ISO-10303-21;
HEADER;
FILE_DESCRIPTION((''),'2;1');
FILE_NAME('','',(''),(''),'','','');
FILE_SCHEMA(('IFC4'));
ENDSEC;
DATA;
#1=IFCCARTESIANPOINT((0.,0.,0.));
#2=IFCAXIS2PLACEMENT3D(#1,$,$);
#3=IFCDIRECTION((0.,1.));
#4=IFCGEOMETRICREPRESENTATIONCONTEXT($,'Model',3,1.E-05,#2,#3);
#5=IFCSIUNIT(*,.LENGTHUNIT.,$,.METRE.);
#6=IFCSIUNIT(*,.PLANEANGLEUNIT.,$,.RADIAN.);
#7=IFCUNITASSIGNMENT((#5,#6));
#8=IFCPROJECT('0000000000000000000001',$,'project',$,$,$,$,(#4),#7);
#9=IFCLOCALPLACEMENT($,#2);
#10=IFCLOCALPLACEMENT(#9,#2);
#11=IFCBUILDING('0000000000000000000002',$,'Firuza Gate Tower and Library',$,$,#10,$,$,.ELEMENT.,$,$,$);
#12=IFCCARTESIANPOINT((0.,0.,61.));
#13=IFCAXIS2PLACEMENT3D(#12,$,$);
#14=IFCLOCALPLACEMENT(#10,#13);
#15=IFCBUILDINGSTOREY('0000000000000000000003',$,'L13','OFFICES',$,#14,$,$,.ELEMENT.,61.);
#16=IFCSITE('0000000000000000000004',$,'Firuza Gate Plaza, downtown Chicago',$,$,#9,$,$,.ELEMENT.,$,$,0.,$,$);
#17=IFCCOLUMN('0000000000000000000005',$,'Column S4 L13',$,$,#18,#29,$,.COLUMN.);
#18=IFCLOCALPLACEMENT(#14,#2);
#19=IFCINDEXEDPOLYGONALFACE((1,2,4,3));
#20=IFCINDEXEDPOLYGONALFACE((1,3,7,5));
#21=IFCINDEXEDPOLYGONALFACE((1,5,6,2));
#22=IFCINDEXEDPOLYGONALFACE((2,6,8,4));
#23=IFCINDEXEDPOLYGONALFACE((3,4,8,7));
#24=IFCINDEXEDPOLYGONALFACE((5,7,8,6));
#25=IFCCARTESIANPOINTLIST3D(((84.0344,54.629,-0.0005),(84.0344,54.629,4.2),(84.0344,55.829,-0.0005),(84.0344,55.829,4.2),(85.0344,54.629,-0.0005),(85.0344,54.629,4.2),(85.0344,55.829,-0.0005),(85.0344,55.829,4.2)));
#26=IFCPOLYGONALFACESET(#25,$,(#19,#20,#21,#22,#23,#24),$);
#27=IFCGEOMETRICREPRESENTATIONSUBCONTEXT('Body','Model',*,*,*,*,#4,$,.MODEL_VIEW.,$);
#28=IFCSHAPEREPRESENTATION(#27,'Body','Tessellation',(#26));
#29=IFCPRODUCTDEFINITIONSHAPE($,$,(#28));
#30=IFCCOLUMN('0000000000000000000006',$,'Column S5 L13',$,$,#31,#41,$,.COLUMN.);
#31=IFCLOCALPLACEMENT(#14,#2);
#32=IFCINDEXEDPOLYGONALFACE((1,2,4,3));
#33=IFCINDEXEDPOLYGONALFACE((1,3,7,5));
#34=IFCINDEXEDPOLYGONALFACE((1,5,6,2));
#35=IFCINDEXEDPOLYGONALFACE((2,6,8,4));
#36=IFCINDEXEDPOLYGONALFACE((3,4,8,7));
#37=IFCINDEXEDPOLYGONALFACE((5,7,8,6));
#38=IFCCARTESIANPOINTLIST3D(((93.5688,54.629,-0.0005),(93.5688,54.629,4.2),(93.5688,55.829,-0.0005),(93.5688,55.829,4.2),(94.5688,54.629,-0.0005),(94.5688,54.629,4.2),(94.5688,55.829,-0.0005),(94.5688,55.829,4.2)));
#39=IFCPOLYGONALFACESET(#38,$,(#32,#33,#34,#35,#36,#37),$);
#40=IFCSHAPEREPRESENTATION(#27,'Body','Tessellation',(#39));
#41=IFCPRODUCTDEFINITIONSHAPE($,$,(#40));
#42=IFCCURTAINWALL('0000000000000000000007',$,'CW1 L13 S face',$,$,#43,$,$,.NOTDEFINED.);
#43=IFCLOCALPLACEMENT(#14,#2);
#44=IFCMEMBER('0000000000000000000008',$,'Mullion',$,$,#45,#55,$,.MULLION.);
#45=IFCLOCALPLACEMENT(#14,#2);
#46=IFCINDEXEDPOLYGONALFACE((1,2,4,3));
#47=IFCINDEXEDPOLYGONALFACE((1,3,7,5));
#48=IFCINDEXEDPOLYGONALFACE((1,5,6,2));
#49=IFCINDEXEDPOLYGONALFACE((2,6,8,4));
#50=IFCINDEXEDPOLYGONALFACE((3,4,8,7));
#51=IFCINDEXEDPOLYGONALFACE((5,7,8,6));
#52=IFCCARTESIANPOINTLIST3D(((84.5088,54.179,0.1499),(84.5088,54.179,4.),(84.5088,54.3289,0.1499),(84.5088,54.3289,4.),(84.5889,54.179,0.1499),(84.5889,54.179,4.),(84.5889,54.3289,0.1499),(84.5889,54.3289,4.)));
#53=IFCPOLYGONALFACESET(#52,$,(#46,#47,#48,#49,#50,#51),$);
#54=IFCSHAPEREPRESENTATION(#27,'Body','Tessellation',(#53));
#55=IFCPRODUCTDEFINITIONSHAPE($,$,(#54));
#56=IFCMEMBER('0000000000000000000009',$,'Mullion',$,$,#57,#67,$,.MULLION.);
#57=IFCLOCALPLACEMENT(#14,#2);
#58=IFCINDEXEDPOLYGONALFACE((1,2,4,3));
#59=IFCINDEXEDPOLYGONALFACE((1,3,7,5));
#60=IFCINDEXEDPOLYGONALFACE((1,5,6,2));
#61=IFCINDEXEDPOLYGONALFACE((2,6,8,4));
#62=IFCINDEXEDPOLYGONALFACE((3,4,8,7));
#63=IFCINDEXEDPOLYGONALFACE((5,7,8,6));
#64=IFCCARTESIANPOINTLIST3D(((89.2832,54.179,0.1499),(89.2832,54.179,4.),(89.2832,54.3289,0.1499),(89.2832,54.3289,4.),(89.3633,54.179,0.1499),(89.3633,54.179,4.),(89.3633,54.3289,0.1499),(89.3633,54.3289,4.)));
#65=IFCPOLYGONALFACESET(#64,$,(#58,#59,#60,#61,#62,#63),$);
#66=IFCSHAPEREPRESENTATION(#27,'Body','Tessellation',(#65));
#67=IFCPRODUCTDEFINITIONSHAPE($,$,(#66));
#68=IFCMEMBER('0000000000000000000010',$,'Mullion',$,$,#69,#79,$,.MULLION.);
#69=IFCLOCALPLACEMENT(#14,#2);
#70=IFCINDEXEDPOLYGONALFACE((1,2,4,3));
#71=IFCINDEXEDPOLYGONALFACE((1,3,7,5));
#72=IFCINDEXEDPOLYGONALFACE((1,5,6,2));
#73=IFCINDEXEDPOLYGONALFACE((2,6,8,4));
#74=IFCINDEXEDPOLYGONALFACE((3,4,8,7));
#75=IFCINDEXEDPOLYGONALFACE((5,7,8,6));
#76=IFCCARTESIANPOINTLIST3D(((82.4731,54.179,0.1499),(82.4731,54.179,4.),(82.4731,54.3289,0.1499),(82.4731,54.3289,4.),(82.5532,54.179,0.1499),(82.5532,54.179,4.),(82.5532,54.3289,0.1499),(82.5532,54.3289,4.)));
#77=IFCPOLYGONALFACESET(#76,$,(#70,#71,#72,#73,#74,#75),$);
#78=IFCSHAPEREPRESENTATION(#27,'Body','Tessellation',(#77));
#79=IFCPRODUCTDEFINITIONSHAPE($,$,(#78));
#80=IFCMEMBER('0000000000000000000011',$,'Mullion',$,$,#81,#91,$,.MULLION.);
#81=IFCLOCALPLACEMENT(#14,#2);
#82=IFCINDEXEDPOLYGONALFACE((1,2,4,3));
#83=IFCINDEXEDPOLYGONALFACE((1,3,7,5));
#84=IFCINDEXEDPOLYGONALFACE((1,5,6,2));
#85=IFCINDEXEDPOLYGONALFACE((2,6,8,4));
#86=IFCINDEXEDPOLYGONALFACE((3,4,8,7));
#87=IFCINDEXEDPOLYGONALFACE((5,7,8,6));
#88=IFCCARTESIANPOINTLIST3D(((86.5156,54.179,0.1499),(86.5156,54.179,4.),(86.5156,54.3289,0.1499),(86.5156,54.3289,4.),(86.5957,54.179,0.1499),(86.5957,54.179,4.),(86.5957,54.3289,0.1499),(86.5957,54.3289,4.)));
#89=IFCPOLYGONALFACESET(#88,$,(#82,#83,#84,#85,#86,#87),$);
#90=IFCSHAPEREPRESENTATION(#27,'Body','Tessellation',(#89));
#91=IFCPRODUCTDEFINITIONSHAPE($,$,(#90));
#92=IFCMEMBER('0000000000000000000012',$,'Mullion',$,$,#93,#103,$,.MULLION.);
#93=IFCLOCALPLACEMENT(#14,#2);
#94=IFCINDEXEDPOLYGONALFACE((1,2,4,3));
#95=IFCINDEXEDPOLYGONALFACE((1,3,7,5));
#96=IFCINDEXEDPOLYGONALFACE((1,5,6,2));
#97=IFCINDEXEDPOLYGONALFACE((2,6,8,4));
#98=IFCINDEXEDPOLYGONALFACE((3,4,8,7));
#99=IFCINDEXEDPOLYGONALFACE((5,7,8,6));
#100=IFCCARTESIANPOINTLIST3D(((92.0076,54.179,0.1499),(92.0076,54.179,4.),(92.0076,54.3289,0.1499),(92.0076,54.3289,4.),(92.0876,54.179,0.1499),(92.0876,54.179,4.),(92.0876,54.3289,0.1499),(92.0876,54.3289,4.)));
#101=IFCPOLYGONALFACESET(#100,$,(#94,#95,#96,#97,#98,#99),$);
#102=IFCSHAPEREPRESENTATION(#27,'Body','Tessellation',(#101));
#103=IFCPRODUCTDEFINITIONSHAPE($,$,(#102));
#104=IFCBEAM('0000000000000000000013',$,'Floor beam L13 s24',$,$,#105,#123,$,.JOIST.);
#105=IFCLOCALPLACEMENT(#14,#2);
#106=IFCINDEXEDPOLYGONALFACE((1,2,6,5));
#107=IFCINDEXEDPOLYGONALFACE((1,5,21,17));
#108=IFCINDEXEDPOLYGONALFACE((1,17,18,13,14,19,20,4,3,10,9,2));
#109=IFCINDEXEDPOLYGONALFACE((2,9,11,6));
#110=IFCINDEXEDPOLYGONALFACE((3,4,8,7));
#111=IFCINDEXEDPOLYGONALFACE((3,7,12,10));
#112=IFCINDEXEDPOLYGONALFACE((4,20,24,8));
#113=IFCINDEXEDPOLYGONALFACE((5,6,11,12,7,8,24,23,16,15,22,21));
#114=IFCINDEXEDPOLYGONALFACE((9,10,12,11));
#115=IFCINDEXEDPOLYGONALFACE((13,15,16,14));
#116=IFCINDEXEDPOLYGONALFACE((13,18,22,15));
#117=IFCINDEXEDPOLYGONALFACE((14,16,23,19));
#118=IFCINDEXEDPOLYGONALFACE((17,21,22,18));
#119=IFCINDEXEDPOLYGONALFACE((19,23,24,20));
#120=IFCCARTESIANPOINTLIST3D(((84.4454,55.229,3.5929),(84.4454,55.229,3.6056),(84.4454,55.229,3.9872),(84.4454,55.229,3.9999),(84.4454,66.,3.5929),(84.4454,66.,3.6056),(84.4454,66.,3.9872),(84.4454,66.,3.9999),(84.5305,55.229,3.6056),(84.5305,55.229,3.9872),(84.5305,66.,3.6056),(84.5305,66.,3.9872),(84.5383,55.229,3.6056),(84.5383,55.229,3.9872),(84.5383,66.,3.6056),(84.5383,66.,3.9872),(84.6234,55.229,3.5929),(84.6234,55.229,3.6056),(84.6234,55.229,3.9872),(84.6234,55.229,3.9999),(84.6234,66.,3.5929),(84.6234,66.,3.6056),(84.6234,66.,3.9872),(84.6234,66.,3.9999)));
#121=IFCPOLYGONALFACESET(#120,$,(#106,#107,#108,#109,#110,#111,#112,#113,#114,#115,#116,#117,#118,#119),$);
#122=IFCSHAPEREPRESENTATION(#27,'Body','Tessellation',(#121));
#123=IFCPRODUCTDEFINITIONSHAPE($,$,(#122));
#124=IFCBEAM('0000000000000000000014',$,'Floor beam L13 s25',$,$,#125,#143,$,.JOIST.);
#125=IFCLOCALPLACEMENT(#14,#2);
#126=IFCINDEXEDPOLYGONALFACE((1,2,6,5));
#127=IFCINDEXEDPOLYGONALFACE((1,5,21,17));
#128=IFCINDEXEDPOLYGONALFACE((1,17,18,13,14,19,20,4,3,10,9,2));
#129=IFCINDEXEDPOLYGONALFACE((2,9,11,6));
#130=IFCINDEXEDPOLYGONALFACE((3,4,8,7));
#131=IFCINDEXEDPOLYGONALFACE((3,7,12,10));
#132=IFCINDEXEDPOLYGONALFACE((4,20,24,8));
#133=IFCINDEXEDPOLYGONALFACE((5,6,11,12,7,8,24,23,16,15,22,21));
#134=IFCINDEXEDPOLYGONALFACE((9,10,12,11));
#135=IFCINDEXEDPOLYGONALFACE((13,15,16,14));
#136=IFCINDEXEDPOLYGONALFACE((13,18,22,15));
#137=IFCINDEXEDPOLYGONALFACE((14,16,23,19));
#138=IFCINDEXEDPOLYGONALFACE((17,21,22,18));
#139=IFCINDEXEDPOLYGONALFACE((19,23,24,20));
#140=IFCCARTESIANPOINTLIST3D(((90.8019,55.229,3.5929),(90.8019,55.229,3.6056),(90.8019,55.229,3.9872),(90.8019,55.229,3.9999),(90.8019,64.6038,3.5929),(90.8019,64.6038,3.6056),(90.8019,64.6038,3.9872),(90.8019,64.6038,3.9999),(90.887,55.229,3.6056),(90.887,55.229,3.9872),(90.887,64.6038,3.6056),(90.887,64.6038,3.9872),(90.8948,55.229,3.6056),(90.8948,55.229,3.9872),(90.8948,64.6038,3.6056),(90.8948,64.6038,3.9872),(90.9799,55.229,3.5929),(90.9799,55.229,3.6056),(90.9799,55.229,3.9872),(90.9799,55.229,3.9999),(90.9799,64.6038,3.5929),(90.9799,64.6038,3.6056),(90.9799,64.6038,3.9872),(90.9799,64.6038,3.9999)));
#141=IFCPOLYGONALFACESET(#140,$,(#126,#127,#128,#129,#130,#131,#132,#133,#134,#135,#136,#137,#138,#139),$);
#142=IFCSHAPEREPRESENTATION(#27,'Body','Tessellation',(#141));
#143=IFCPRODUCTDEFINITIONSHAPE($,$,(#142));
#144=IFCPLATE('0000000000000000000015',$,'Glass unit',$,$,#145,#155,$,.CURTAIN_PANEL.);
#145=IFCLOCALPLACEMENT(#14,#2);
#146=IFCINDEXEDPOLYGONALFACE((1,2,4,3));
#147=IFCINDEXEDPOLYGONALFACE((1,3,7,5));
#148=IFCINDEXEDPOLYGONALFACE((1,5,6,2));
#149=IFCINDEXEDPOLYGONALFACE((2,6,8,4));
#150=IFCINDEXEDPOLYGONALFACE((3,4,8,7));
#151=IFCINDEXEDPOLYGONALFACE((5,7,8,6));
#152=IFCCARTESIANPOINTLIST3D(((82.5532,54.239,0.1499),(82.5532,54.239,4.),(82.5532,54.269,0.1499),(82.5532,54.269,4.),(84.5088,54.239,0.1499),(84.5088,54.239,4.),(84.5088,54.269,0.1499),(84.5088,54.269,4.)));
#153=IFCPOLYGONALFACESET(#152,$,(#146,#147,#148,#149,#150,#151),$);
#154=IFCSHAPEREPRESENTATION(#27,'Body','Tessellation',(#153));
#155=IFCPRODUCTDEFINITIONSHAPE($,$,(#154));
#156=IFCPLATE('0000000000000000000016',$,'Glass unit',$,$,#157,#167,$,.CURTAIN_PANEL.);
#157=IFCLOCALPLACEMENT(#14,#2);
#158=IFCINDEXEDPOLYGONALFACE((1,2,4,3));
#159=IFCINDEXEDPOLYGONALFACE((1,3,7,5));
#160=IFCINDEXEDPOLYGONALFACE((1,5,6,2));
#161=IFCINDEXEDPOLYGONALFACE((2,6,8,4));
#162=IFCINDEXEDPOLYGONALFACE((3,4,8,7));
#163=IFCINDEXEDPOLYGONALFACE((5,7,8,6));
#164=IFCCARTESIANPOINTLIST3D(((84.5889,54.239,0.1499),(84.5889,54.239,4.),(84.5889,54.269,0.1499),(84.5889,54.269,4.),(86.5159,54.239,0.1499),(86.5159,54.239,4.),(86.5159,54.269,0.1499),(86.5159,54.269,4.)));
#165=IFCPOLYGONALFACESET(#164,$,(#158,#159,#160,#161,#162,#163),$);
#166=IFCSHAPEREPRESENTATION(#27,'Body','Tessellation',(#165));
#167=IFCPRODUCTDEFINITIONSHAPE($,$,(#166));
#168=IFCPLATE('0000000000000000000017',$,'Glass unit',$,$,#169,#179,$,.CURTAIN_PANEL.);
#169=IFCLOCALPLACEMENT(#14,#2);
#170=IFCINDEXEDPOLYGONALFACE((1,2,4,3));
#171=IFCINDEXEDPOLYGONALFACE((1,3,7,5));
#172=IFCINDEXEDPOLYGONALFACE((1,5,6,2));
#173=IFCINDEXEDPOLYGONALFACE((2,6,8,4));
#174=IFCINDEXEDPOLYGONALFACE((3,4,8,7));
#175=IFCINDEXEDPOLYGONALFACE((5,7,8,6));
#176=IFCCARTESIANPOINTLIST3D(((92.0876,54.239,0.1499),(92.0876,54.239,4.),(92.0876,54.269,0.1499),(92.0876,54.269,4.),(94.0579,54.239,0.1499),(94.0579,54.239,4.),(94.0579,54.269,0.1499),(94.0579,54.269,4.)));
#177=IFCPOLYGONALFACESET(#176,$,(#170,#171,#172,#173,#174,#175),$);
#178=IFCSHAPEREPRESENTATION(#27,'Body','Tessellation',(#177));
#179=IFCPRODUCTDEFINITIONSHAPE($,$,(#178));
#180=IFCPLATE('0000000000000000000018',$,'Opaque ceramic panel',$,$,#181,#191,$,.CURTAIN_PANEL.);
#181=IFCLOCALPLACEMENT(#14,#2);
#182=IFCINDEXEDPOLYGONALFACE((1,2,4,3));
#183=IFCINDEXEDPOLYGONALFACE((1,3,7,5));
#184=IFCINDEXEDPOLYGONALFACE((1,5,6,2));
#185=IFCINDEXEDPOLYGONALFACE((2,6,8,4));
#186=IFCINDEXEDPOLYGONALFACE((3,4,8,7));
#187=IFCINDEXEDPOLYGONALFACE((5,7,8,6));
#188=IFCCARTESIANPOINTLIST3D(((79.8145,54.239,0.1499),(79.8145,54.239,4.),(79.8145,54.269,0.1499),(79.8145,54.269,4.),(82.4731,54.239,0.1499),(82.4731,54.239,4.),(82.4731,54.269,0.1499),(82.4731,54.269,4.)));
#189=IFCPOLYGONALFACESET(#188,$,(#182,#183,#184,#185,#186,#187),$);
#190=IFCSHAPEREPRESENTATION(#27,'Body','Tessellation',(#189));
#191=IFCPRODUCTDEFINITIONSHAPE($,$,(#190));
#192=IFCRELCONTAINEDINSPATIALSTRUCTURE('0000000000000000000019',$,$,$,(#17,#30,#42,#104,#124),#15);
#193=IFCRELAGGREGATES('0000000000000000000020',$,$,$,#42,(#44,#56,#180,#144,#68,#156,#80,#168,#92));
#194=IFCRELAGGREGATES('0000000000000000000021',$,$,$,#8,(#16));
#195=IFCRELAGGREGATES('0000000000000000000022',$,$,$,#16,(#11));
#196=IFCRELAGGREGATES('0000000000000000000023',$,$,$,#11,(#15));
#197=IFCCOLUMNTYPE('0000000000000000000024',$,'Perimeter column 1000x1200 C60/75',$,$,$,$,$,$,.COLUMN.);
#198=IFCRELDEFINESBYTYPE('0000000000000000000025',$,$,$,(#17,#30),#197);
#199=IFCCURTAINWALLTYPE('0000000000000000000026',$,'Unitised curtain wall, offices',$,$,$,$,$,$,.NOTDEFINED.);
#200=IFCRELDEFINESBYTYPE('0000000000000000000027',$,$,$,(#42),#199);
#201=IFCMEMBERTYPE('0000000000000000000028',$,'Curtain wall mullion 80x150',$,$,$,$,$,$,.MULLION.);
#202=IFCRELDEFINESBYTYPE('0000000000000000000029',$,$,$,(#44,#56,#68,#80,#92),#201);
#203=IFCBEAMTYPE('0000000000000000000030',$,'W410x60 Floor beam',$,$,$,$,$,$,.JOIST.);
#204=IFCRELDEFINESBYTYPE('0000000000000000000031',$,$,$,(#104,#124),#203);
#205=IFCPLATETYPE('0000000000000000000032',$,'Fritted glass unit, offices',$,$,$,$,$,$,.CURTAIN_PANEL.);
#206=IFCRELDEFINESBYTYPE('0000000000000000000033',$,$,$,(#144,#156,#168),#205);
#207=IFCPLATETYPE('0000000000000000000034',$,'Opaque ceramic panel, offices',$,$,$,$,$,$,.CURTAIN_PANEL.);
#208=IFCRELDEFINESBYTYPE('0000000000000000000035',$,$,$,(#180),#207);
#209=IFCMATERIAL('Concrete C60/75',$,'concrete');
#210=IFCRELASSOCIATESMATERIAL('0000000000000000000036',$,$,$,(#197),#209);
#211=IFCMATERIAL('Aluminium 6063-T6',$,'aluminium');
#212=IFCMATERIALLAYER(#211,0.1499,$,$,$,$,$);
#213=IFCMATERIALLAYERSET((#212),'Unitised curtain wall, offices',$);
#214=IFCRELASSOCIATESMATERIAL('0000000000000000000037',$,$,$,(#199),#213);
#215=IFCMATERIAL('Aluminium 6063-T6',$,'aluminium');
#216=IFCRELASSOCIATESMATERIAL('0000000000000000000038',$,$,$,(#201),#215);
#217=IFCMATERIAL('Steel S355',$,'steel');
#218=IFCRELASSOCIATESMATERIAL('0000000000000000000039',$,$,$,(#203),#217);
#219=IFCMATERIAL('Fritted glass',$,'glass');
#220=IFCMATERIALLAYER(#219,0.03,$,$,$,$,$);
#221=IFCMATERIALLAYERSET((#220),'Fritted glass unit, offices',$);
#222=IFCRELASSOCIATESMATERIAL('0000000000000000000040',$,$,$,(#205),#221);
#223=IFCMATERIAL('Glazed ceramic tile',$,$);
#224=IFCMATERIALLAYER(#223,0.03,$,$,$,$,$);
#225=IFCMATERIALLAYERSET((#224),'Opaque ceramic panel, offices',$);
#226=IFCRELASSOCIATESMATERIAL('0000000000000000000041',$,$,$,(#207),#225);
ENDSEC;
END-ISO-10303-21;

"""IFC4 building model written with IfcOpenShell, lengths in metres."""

from ifc_helpers import new_model, si_unit, direction, frame, origin, origin_2d, place, context, subcontext, project, spatial, polyline, rectangle, i_section, outline, extrude, material, layer, layer_set, material_profile, profile_set, type_object, element, aggregate, save


model = new_model("IFC4")

# Units and contexts
model_context = context("Model", 3, precision=1e-05, world=origin(), true_north=direction((0.0, 1.0)))
body_context = subcontext(model_context, "Body", "Model", "MODEL_VIEW")
ifc_project = project(units=[si_unit("LENGTHUNIT", "METRE"), si_unit("PLANEANGLEUNIT", "RADIAN")], contexts=[model_context])

# Site, building, storey
site_placement = place(None, origin())
site = spatial("IfcSite", under=ifc_project, at=site_placement, Name="Firuza Gate Plaza, downtown Chicago", CompositionType="ELEMENT", RefElevation=0.0)
building_placement = place(site_placement, origin())
building = spatial("IfcBuilding", under=site, at=building_placement, Name="Firuza Gate Tower and Library", CompositionType="ELEMENT")
storey_placement = place(building_placement, frame((0.0, 0.0, 61.0)))
storey = spatial("IfcBuildingStorey", under=building, at=storey_placement, Name="L13", Description="OFFICES", CompositionType="ELEMENT", Elevation=61.0)

# Columns
ifc_material_1 = material(Name="Concrete C60/75", Category="concrete")
ifc_material_profile_1 = material_profile(ifc_material_1, rectangle(XDim=1.0, YDim=1.2, at=origin_2d()))
ifc_profile_set_1 = profile_set([ifc_material_profile_1], Name="Concrete C60/75")
column_type = type_object("IfcColumnType", Name="Perimeter column 1000x1200 C60/75", PredefinedType="COLUMN", material=ifc_profile_set_1)
for number, where, z_axis, x_axis, name in (
    (1, (84.5344, 55.229, -0.0005), (0.0, 0.0, 1.0), (1.0, 0.0, 0.0), "Column S4 L13"),
    (2, (94.0688, 55.229, -0.0005), (0.0, 0.0, 1.0), (1.0, 0.0, 0.0), "Column S5 L13"),
):
    element("IfcColumn", number, at=place(storey_placement, frame(where, z_axis=z_axis, x_axis=x_axis)), inside=storey, type_object=column_type, Name=name, PredefinedType="COLUMN", context=body_context, shape_type="SweptSolid", body=[
        extrude(rectangle(XDim=1.0, YDim=1.2, at=origin_2d()), origin(), (0.0, 0.0, 1.0), 4.2004),
    ])

# Curtain wall, members
ifc_material_2 = material(Name="Aluminium 6063-T6", Category="aluminium")
ifc_layer_1 = layer(ifc_material_2, 0.1499)
ifc_layer_set_1 = layer_set([ifc_layer_1], Name="Unitised curtain wall, offices")
curtain_wall_type = type_object("IfcCurtainWallType", Name="Unitised curtain wall, offices", PredefinedType="NOTDEFINED", material=ifc_layer_set_1)
curtain_wall_placement = place(storey_placement, origin())
curtain_wall = element("IfcCurtainWall", 3, at=curtain_wall_placement, inside=storey, type_object=curtain_wall_type, Name="CW1 L13 S face", PredefinedType="NOTDEFINED")
ifc_material_3 = material(Name="Aluminium 6063-T6", Category="aluminium")
ifc_material_profile_2 = material_profile(ifc_material_3, rectangle(XDim=0.1499, YDim=0.0801, at=origin_2d()))
ifc_profile_set_2 = profile_set([ifc_material_profile_2], Name="Aluminium 6063-T6")
member_type = type_object("IfcMemberType", Name="Curtain wall mullion 80x150", PredefinedType="MULLION", material=ifc_profile_set_2)
member_1_placement = place(storey_placement, frame((84.5488, 54.2539, 0.1499), z_axis=(0.0, 0.0, 1.0), x_axis=(0.0, 1.0, 0.0)))
member_1 = element("IfcMember", 4, at=member_1_placement, type_object=member_type, Name="Mullion", PredefinedType="MULLION", context=body_context, shape_type="SweptSolid", body=[
    extrude(rectangle(XDim=0.1499, YDim=0.0801, at=origin_2d()), origin(), (0.0, 0.0, 1.0), 3.8501),
])
member_2_placement = place(storey_placement, frame((89.3232, 54.2539, 0.1499), z_axis=(0.0, 0.0, 1.0), x_axis=(0.0, 1.0, 0.0)))
member_2 = element("IfcMember", 5, at=member_2_placement, type_object=member_type, Name="Mullion", PredefinedType="MULLION", context=body_context, shape_type="SweptSolid", body=[
    extrude(rectangle(XDim=0.1499, YDim=0.0801, at=origin_2d()), origin(), (0.0, 0.0, 1.0), 3.8501),
])
member_3_placement = place(storey_placement, frame((82.5132, 54.2539, 0.1499), z_axis=(0.0, 0.0, 1.0), x_axis=(0.0, 1.0, 0.0)))
member_3 = element("IfcMember", 6, at=member_3_placement, type_object=member_type, Name="Mullion", PredefinedType="MULLION", context=body_context, shape_type="SweptSolid", body=[
    extrude(rectangle(XDim=0.1499, YDim=0.0801, at=origin_2d()), origin(), (0.0, 0.0, 1.0), 3.8501),
])
member_4_placement = place(storey_placement, frame((86.5557, 54.2539, 0.1499), z_axis=(0.0, 0.0, 1.0), x_axis=(0.0, 1.0, 0.0)))
member_4 = element("IfcMember", 7, at=member_4_placement, type_object=member_type, Name="Mullion", PredefinedType="MULLION", context=body_context, shape_type="SweptSolid", body=[
    extrude(rectangle(XDim=0.1499, YDim=0.0801, at=origin_2d()), origin(), (0.0, 0.0, 1.0), 3.8501),
])
member_5_placement = place(storey_placement, frame((92.0476, 54.2539, 0.1499), z_axis=(0.0, 0.0, 1.0), x_axis=(0.0, 1.0, 0.0)))
member_5 = element("IfcMember", 8, at=member_5_placement, type_object=member_type, Name="Mullion", PredefinedType="MULLION", context=body_context, shape_type="SweptSolid", body=[
    extrude(rectangle(XDim=0.1499, YDim=0.0801, at=origin_2d()), origin(), (0.0, 0.0, 1.0), 3.8501),
])

# Beams
ifc_material_4 = material(Name="Steel S355", Category="steel")
ifc_material_profile_3 = material_profile(ifc_material_4, i_section(OverallWidth=0.178, OverallDepth=0.407, WebThickness=0.0078, FlangeThickness=0.0127, at=origin_2d()))
ifc_profile_set_3 = profile_set([ifc_material_profile_3], Name="Steel S355")
beam_type = type_object("IfcBeamType", Name="W410x60 Floor beam", PredefinedType="JOIST", material=ifc_profile_set_3)
beam_1_placement = place(storey_placement, frame((84.5344, 55.229, 3.7964), z_axis=(0.0, 1.0, 0.0), x_axis=(-1.0, 0.0, 0.0)))
element("IfcBeam", 9, at=beam_1_placement, inside=storey, type_object=beam_type, Name="Floor beam L13 s24", PredefinedType="JOIST", context=body_context, shape_type="SweptSolid", body=[
    extrude(i_section(OverallWidth=0.178, OverallDepth=0.407, WebThickness=0.0078, FlangeThickness=0.0127, at=origin_2d()), origin(), (0.0, 0.0, 1.0), 10.771),
])
beam_2_placement = place(storey_placement, frame((90.8909, 55.229, 3.7964), z_axis=(0.0, 1.0, 0.0), x_axis=(-1.0, 0.0, 0.0)))
element("IfcBeam", 10, at=beam_2_placement, inside=storey, type_object=beam_type, Name="Floor beam L13 s25", PredefinedType="JOIST", context=body_context, shape_type="SweptSolid", body=[
    extrude(i_section(OverallWidth=0.178, OverallDepth=0.407, WebThickness=0.0078, FlangeThickness=0.0127, at=origin_2d()), origin(), (0.0, 0.0, 1.0), 9.3748),
])

# Plates
ifc_material_5 = material(Name="Fritted glass", Category="glass")
ifc_layer_2 = layer(ifc_material_5, 0.03)
ifc_layer_set_2 = layer_set([ifc_layer_2], Name="Fritted glass unit, offices")
plate_type_1 = type_object("IfcPlateType", Name="Fritted glass unit, offices", PredefinedType="CURTAIN_PANEL", material=ifc_layer_set_2)
plate_1_placement = place(storey_placement, frame((82.5532, 54.239, 0.1499), z_axis=(0.0, -1.0, 0.0), x_axis=(1.0, 0.0, 0.0)))
plate_1 = element("IfcPlate", 11, at=plate_1_placement, type_object=plate_type_1, Name="Glass unit", PredefinedType="CURTAIN_PANEL", context=body_context, shape_type="SweptSolid", body=[
    extrude(outline(polyline([(0.0, 0.0), (1.9556, 0.0), (1.9556, 3.8501), (0.0, 3.8501), (0.0, 0.0)])), origin(), (0.0, 0.0, -1.0), 0.03),
])
plate_2_placement = place(storey_placement, frame((84.5889, 54.239, 0.1499), z_axis=(0.0, -1.0, 0.0), x_axis=(1.0, 0.0, 0.0)))
plate_2 = element("IfcPlate", 12, at=plate_2_placement, type_object=plate_type_1, Name="Glass unit", PredefinedType="CURTAIN_PANEL", context=body_context, shape_type="SweptSolid", body=[
    extrude(outline(polyline([(0.0, 0.0), (1.927, 0.0), (1.927, 3.8501), (0.0, 3.8501), (0.0, 0.0)])), origin(), (0.0, 0.0, -1.0), 0.03),
])
plate_3_placement = place(storey_placement, frame((92.0876, 54.239, 0.1499), z_axis=(0.0, -1.0, 0.0), x_axis=(1.0, 0.0, 0.0)))
plate_3 = element("IfcPlate", 13, at=plate_3_placement, type_object=plate_type_1, Name="Glass unit", PredefinedType="CURTAIN_PANEL", context=body_context, shape_type="SweptSolid", body=[
    extrude(outline(polyline([(0.0, 0.0), (1.9702, 0.0), (1.9702, 3.8501), (0.0, 3.8501), (0.0, 0.0)])), origin(), (0.0, 0.0, -1.0), 0.03),
])
ifc_material_6 = material(Name="Glazed ceramic tile")
ifc_layer_3 = layer(ifc_material_6, 0.03)
ifc_layer_set_3 = layer_set([ifc_layer_3], Name="Opaque ceramic panel, offices")
plate_type_2 = type_object("IfcPlateType", Name="Opaque ceramic panel, offices", PredefinedType="CURTAIN_PANEL", material=ifc_layer_set_3)
plate_4_placement = place(storey_placement, frame((79.8145, 54.239, 0.1499), z_axis=(0.0, -1.0, 0.0), x_axis=(1.0, 0.0, 0.0)))
plate_4 = element("IfcPlate", 14, at=plate_4_placement, type_object=plate_type_2, Name="Opaque ceramic panel", PredefinedType="CURTAIN_PANEL", context=body_context, shape_type="SweptSolid", body=[
    extrude(outline(polyline([(0.0, 0.0), (2.6587, 0.0), (2.6587, 3.8501), (0.0, 3.8501), (0.0, 0.0)])), origin(), (0.0, 0.0, -1.0), 0.03),
])
aggregate(curtain_wall, [member_1, member_2, plate_4, plate_1, member_3, plate_2, member_4, plate_3, member_5])

save(model, "model.ifc")
